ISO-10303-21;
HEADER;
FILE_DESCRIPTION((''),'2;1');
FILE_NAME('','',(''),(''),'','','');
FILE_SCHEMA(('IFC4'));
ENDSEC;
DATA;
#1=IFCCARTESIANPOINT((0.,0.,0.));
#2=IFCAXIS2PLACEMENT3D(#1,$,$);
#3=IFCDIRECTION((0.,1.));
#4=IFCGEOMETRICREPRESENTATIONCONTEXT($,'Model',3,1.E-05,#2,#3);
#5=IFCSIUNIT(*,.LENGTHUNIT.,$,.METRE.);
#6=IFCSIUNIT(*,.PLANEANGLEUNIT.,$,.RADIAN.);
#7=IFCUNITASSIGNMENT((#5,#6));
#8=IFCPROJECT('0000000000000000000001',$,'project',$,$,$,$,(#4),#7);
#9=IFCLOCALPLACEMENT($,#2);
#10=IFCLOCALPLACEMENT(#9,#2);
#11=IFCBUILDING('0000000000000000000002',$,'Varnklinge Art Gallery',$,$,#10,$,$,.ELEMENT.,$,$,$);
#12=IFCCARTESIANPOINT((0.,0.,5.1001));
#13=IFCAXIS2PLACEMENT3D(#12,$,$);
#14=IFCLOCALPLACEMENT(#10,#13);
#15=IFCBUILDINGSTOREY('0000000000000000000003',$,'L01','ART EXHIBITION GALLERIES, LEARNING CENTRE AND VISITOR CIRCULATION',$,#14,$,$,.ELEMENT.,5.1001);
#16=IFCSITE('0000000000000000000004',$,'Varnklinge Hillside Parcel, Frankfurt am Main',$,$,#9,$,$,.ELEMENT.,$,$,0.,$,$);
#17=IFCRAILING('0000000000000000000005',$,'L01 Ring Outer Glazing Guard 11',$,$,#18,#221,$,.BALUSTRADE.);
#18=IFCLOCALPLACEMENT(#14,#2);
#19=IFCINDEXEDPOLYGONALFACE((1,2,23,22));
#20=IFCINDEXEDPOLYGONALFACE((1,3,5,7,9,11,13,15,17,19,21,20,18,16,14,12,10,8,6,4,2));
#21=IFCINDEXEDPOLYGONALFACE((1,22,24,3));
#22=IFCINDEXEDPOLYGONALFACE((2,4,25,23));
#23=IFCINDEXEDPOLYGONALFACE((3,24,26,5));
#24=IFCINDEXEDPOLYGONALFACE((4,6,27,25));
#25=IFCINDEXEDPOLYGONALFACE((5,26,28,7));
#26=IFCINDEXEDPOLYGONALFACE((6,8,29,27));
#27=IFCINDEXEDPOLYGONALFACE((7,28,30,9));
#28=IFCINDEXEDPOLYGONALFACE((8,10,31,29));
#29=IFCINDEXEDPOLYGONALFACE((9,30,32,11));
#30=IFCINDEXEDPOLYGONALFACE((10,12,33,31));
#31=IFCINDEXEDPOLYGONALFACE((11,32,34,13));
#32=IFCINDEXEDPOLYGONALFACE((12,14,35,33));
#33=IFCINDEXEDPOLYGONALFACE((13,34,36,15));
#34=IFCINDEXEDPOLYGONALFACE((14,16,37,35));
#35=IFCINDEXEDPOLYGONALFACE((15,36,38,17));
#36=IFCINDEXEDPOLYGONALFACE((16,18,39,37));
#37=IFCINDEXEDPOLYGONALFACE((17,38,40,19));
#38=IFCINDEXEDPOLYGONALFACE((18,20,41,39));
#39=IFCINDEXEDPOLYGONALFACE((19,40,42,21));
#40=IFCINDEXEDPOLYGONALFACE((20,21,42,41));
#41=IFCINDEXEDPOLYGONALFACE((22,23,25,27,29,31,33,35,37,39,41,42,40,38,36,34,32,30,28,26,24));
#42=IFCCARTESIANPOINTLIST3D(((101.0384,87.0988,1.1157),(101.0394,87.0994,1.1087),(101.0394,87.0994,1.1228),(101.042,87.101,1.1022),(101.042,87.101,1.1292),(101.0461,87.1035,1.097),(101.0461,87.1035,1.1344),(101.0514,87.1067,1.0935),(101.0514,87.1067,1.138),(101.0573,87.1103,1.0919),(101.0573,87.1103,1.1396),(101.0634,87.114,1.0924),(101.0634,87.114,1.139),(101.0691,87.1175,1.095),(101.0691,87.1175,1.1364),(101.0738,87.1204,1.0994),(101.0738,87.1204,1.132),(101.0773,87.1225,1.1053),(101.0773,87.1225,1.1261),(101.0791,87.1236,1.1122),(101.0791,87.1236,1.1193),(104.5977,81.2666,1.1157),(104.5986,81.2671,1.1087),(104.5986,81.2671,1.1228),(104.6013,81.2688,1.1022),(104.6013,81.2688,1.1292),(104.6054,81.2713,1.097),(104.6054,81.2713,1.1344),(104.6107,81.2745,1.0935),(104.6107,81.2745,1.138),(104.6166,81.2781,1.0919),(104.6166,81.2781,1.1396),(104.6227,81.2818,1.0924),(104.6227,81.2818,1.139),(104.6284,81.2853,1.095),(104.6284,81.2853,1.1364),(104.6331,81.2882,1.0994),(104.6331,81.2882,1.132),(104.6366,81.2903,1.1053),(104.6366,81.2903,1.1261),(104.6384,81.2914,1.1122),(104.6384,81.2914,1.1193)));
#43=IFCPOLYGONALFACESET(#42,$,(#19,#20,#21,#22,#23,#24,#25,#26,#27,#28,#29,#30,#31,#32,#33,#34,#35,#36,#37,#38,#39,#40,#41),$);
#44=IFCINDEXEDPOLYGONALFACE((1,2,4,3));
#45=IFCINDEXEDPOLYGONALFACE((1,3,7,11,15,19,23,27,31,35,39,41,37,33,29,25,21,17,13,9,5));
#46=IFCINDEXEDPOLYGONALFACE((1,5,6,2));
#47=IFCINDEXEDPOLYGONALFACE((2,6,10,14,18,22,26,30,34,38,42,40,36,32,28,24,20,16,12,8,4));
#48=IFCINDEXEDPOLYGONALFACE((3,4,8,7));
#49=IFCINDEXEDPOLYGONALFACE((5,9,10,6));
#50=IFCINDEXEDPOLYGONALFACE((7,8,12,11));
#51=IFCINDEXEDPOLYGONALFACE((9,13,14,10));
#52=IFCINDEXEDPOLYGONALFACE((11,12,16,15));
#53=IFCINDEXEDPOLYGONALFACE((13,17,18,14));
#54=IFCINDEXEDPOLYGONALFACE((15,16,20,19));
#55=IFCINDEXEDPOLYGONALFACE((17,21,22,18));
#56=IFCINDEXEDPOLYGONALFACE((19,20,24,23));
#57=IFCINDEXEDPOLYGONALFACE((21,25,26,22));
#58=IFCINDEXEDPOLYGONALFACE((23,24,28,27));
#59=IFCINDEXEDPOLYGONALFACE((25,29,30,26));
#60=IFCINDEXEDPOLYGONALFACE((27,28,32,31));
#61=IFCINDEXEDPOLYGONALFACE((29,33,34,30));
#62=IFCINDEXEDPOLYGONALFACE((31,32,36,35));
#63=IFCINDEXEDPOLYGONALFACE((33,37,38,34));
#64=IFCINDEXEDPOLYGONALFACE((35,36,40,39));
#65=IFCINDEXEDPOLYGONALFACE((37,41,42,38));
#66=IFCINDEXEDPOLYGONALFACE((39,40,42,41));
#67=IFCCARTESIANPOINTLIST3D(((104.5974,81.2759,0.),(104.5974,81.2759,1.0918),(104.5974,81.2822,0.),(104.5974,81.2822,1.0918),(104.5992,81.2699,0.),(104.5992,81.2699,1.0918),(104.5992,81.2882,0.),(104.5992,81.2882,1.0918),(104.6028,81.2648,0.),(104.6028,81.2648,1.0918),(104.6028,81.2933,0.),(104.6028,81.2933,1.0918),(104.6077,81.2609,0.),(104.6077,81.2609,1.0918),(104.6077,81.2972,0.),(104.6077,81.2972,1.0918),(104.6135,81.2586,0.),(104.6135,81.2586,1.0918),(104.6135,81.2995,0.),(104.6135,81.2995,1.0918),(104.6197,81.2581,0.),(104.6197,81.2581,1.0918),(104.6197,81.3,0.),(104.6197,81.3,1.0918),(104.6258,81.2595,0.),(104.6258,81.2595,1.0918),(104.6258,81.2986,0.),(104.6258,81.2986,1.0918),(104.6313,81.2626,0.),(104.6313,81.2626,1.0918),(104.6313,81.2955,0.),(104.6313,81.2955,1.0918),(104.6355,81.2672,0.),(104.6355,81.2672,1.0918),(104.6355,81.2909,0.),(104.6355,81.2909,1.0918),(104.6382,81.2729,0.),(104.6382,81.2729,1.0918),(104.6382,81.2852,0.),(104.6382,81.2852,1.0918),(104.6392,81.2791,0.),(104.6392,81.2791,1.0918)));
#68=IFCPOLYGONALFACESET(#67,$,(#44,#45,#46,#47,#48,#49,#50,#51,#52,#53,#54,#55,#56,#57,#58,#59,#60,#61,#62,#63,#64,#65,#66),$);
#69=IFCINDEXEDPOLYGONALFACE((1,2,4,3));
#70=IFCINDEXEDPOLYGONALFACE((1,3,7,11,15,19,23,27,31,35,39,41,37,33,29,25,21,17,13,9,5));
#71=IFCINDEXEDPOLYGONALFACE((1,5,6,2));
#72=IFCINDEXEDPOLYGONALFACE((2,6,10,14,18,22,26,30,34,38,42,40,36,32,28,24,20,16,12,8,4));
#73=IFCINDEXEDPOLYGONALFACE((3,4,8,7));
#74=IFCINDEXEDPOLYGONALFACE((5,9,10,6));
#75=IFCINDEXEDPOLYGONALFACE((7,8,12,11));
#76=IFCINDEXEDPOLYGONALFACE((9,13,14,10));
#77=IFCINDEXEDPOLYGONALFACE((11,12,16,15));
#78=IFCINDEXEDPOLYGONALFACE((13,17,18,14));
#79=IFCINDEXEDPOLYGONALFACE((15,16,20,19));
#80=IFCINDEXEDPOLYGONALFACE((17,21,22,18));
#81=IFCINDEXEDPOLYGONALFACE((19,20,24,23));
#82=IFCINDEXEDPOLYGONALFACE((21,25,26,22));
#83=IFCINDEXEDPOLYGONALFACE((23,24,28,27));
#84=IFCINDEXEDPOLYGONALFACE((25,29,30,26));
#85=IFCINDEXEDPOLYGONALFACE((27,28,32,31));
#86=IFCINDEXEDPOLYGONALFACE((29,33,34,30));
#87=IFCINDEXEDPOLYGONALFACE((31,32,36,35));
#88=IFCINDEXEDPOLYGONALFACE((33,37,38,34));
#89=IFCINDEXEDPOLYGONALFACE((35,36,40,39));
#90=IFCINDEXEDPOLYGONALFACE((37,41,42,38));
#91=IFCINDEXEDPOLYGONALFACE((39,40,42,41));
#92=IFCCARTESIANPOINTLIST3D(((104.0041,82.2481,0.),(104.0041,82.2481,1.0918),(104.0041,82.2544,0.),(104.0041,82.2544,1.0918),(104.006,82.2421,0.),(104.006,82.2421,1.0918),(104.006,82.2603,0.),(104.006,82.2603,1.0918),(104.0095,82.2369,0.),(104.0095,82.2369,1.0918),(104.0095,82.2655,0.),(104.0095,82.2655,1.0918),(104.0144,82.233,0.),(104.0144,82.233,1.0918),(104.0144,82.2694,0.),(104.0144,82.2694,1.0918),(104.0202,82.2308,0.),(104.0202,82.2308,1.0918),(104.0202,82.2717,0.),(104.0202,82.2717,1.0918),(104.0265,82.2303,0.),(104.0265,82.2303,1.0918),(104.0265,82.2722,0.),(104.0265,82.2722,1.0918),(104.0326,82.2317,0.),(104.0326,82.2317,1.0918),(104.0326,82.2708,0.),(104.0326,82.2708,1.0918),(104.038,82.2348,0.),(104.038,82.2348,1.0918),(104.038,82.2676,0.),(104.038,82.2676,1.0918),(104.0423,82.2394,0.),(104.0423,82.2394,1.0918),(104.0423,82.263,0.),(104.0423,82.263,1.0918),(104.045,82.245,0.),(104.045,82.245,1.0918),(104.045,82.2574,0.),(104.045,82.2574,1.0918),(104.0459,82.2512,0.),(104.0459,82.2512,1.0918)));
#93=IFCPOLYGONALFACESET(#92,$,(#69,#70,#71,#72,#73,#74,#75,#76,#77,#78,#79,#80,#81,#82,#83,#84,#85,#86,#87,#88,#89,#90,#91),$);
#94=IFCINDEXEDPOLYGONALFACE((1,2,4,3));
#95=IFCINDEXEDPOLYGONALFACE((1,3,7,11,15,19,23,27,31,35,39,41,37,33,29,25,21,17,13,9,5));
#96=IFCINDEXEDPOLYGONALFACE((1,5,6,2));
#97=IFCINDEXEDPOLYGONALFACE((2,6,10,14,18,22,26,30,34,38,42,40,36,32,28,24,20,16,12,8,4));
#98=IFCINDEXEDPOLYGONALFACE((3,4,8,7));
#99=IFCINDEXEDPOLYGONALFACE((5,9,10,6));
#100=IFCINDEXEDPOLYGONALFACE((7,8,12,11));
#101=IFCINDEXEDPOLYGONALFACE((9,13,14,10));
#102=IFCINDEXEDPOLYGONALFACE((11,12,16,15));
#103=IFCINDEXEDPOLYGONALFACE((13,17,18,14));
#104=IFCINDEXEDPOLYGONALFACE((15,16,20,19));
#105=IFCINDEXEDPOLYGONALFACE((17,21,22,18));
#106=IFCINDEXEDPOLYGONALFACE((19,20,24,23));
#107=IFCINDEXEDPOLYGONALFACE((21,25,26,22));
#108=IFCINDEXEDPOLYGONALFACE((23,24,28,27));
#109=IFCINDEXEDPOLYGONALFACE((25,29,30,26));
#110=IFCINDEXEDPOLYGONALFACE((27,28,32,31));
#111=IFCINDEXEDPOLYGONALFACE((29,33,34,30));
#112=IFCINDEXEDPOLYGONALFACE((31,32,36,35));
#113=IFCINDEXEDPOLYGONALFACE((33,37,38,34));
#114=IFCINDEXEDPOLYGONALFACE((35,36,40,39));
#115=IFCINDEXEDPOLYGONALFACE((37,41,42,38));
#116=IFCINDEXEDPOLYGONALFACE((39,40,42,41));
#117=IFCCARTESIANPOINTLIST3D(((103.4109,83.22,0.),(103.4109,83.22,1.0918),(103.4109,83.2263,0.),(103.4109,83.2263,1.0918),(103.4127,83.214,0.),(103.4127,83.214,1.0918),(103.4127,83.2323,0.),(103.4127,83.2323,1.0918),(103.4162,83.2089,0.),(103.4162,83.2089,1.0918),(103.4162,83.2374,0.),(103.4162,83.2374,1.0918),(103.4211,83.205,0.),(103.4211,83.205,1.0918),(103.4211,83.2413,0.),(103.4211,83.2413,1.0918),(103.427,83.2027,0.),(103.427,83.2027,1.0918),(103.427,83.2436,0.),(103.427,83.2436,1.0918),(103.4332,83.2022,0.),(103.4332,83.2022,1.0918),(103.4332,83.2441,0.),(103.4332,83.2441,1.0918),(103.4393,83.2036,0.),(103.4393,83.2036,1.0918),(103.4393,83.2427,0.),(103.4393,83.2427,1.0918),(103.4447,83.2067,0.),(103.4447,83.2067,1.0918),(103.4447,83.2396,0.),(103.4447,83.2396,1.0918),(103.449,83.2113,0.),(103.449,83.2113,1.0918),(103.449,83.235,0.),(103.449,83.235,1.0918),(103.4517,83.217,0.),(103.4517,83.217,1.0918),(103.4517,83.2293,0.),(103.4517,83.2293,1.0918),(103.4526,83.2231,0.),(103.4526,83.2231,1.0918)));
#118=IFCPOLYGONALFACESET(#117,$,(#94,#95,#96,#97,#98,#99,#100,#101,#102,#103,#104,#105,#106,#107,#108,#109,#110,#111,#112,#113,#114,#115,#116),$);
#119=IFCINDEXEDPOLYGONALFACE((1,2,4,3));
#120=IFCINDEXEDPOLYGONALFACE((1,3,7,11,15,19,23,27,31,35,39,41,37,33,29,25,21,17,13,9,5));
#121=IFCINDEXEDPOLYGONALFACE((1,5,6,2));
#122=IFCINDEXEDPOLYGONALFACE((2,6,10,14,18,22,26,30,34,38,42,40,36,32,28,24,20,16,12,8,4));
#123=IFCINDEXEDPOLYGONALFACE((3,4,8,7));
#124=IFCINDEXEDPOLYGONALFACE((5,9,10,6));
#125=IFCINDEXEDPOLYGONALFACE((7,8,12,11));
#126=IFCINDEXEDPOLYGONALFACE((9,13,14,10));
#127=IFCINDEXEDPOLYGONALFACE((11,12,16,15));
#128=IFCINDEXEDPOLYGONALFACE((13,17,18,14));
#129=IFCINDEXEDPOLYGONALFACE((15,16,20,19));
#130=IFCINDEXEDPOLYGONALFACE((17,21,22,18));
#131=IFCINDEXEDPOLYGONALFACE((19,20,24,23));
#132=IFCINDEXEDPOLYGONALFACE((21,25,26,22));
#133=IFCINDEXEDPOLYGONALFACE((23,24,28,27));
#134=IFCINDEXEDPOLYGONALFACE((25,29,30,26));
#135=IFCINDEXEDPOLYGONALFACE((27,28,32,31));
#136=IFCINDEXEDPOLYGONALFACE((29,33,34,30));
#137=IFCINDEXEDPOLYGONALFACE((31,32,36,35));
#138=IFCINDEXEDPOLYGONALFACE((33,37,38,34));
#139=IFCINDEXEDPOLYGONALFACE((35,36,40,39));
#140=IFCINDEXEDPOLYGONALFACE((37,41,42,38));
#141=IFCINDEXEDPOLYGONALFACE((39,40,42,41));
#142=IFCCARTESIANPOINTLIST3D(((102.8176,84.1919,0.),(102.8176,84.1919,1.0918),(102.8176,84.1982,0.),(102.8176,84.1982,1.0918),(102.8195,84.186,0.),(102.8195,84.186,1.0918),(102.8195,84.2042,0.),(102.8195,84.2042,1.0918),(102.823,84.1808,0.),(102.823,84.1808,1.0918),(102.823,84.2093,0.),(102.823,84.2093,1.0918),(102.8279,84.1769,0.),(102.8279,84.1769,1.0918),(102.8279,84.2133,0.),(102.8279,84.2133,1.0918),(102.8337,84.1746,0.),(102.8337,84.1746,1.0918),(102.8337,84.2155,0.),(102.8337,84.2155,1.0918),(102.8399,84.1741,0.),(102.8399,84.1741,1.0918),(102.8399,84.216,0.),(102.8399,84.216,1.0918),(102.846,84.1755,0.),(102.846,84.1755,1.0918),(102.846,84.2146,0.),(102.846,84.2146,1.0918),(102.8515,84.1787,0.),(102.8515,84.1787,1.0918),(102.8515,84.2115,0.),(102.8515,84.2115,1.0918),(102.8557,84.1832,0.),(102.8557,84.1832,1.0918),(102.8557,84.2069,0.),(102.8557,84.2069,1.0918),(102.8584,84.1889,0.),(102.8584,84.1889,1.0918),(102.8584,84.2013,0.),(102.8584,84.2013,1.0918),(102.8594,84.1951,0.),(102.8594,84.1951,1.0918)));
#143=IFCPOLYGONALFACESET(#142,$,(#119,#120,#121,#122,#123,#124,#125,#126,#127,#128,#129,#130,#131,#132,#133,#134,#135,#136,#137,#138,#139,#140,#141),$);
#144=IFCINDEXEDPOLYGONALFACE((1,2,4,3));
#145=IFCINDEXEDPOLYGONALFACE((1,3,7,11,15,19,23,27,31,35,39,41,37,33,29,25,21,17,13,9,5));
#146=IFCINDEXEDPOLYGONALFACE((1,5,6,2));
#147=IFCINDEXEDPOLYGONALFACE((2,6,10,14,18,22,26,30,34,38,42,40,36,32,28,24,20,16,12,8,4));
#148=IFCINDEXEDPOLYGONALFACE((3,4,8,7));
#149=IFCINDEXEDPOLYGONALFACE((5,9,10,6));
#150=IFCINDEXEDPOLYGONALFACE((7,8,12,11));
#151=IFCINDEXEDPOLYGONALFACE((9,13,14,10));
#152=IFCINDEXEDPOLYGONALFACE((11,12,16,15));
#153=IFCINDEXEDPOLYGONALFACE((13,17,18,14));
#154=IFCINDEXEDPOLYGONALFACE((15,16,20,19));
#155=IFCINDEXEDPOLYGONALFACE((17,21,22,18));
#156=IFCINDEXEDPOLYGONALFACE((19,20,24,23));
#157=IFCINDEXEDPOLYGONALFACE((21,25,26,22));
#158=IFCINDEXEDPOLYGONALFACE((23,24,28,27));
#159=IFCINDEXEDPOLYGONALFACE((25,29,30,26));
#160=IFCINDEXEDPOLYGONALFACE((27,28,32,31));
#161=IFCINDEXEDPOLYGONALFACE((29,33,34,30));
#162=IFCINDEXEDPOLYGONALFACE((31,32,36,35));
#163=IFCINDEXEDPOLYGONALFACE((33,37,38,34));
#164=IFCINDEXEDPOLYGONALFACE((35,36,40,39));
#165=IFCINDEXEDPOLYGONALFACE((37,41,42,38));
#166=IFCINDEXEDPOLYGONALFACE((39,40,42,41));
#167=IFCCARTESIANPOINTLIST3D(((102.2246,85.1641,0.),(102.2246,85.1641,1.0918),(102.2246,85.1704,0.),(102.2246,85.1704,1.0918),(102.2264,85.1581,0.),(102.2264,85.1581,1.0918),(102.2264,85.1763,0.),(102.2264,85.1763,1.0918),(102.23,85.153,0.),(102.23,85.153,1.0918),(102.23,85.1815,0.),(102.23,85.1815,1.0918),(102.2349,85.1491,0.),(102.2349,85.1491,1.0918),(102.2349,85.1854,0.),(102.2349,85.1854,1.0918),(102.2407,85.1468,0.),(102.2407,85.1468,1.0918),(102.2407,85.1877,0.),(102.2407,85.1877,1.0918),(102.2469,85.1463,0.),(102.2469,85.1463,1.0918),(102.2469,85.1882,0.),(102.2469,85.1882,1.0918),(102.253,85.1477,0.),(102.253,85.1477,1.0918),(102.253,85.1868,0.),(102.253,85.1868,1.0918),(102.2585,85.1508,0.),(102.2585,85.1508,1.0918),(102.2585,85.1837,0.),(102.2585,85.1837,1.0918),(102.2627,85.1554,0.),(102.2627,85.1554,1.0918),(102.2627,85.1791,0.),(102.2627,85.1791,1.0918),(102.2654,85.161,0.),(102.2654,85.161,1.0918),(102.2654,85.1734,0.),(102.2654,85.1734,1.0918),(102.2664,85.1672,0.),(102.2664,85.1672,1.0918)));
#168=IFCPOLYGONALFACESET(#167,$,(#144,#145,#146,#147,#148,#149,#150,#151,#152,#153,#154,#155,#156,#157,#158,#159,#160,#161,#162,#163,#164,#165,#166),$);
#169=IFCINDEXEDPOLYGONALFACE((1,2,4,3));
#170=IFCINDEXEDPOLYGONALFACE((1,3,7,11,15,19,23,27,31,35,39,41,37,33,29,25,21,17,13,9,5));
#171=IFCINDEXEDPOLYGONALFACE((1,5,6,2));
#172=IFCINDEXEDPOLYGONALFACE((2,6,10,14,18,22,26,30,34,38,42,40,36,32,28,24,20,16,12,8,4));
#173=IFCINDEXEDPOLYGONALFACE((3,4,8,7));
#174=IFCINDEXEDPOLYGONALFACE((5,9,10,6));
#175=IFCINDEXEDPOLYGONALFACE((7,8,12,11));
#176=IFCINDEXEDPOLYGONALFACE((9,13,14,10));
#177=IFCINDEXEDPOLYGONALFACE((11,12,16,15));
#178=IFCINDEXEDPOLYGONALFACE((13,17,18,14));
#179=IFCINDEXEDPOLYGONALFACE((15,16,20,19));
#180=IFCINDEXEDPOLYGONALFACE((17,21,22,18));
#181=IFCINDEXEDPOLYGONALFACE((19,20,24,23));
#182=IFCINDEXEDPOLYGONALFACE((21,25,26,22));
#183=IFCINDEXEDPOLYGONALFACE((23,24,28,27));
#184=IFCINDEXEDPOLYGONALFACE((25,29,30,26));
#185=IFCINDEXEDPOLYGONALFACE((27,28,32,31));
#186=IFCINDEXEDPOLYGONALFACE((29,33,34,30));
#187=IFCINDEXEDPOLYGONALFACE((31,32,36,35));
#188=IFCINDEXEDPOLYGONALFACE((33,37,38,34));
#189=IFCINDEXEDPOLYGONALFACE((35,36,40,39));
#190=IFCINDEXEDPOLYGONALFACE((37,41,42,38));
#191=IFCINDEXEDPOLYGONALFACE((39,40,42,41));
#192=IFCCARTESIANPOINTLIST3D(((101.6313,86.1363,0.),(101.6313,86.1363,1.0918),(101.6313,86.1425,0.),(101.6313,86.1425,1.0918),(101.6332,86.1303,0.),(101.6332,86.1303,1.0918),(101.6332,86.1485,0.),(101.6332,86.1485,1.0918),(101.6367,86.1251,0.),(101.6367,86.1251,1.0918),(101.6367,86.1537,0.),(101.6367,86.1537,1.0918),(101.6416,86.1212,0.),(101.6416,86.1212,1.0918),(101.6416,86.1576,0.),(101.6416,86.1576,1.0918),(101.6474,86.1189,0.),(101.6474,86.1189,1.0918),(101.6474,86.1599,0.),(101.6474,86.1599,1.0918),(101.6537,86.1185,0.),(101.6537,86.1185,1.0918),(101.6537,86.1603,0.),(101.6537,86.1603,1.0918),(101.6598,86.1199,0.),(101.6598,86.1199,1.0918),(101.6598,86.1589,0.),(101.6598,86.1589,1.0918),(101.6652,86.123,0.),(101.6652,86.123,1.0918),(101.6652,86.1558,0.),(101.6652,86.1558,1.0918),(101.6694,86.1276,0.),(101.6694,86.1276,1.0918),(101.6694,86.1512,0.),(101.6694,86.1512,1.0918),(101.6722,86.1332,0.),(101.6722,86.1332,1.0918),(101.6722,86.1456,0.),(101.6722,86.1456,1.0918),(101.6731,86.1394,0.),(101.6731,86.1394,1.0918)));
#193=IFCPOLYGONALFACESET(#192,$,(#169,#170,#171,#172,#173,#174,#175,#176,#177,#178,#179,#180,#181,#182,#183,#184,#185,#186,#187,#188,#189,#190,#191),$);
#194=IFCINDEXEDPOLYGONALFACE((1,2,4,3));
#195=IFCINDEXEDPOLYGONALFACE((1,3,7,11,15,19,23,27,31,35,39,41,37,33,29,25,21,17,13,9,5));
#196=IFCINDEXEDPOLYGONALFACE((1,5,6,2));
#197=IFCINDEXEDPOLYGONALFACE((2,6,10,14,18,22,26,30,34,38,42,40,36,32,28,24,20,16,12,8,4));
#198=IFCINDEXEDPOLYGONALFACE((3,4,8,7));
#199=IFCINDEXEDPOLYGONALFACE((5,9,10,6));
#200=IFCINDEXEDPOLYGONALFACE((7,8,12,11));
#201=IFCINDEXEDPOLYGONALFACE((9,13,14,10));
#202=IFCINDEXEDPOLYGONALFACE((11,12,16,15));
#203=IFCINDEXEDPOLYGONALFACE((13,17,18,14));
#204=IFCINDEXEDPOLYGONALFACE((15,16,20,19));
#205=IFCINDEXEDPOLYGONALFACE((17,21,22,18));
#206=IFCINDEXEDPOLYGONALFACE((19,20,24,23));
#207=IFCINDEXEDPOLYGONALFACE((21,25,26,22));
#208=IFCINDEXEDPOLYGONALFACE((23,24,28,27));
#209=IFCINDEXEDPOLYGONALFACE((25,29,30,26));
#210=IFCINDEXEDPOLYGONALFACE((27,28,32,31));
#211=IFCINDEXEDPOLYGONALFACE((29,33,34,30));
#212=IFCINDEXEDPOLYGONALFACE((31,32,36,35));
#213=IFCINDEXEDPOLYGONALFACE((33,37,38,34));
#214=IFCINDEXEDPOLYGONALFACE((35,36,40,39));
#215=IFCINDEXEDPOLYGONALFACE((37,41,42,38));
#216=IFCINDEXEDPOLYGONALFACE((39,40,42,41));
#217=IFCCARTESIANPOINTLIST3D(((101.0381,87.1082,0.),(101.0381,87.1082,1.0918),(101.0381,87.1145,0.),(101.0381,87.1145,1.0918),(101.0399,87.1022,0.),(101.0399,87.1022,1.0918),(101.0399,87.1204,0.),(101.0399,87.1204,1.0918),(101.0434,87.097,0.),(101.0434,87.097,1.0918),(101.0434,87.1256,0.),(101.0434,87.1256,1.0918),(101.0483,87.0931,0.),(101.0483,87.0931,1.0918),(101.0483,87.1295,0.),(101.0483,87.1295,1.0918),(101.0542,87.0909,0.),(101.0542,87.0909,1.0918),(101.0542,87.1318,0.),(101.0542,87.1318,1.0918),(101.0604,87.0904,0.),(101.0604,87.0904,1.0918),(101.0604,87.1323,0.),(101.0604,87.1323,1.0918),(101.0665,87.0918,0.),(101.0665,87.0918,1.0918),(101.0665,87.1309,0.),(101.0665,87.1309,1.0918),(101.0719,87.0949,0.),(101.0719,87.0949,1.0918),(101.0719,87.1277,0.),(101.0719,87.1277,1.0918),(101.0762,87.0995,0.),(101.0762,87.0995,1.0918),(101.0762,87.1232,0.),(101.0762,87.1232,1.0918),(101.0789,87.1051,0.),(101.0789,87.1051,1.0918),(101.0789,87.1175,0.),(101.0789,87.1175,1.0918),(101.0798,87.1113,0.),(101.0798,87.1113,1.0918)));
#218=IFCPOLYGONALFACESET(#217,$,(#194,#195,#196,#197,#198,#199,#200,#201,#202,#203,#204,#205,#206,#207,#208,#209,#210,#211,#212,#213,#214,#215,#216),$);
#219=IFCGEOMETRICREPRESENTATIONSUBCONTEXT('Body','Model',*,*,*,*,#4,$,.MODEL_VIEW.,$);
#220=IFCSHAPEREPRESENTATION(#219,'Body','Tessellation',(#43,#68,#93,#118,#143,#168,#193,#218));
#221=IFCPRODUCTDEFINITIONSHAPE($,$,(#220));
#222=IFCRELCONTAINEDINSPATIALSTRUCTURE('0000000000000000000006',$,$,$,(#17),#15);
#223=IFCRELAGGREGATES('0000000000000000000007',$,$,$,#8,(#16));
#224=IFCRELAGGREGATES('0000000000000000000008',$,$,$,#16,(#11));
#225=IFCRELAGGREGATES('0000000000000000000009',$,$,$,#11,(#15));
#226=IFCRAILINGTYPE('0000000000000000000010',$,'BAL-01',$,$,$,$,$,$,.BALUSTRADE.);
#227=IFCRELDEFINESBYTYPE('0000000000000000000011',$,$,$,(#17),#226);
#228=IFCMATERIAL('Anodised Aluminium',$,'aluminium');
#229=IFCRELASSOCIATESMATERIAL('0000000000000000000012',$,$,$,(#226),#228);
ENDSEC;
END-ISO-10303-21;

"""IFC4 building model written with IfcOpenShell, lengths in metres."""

from ifc_helpers import new_model, si_unit, direction, frame, origin, origin_2d, place, context, subcontext, project, spatial, circle, extrude, material, type_object, element, save


model = new_model("IFC4")

# Units and contexts
model_context = context("Model", 3, precision=1e-05, world=origin(), true_north=direction((0.0, 1.0)))
body_context = subcontext(model_context, "Body", "Model", "MODEL_VIEW")
ifc_project = project(units=[si_unit("LENGTHUNIT", "METRE"), si_unit("PLANEANGLEUNIT", "RADIAN")], contexts=[model_context])

# Site, building, storey
site_placement = place(None, origin())
site = spatial("IfcSite", under=ifc_project, at=site_placement, Name="Varnklinge Hillside Parcel, Frankfurt am Main", CompositionType="ELEMENT", RefElevation=0.0)
building_placement = place(site_placement, origin())
building = spatial("IfcBuilding", under=site, at=building_placement, Name="Varnklinge Art Gallery", CompositionType="ELEMENT")
storey_placement = place(building_placement, frame((0.0, 0.0, 5.1001)))
storey = spatial("IfcBuildingStorey", under=building, at=storey_placement, Name="L01", Description="ART EXHIBITION GALLERIES, LEARNING CENTRE AND VISITOR CIRCULATION", CompositionType="ELEMENT", Elevation=5.1001)

# Railing
ifc_material_1 = material(Name="Anodised Aluminium", Category="aluminium")
railing_type = type_object("IfcRailingType", Name="BAL-01", PredefinedType="BALUSTRADE", material=ifc_material_1)
railing_placement = place(storey_placement, frame((104.6182, 81.2791, 0.0)))
element("IfcRailing", 1, at=railing_placement, inside=storey, type_object=railing_type, Name="L01 Ring Outer Glazing Guard 11", PredefinedType="BALUSTRADE", context=body_context, shape_type="SweptSolid", body=[
    extrude(circle(Radius=0.0239, at=origin_2d()), frame((0.0, 0.0, 1.1157), z_axis=(-0.520934, 0.853597, 0.0), x_axis=(-0.853597, -0.520934, 0.0)), (0.0, 0.0, 1.0), 6.8325),
    extrude(circle(Radius=0.021, at=origin_2d()), origin(), (0.0, 0.0, 1.0), 1.0918),
    extrude(circle(Radius=0.021, at=origin_2d()), frame((-0.5933, 0.9722, 0.0)), (0.0, 0.0, 1.0), 1.0918),
    extrude(circle(Radius=0.021, at=origin_2d()), frame((-1.1865, 1.9441, 0.0)), (0.0, 0.0, 1.0), 1.0918),
    extrude(circle(Radius=0.021, at=origin_2d()), frame((-1.7798, 2.916, 0.0)), (0.0, 0.0, 1.0), 1.0918),
    extrude(circle(Radius=0.021, at=origin_2d()), frame((-2.3728, 3.8882, 0.0)), (0.0, 0.0, 1.0), 1.0918),
    extrude(circle(Radius=0.021, at=origin_2d()), frame((-2.9661, 4.8604, 0.0)), (0.0, 0.0, 1.0), 1.0918),
    extrude(circle(Radius=0.021, at=origin_2d()), frame((-3.5593, 5.8323, 0.0)), (0.0, 0.0, 1.0), 1.0918),
])

save(model, "model.ifc")
